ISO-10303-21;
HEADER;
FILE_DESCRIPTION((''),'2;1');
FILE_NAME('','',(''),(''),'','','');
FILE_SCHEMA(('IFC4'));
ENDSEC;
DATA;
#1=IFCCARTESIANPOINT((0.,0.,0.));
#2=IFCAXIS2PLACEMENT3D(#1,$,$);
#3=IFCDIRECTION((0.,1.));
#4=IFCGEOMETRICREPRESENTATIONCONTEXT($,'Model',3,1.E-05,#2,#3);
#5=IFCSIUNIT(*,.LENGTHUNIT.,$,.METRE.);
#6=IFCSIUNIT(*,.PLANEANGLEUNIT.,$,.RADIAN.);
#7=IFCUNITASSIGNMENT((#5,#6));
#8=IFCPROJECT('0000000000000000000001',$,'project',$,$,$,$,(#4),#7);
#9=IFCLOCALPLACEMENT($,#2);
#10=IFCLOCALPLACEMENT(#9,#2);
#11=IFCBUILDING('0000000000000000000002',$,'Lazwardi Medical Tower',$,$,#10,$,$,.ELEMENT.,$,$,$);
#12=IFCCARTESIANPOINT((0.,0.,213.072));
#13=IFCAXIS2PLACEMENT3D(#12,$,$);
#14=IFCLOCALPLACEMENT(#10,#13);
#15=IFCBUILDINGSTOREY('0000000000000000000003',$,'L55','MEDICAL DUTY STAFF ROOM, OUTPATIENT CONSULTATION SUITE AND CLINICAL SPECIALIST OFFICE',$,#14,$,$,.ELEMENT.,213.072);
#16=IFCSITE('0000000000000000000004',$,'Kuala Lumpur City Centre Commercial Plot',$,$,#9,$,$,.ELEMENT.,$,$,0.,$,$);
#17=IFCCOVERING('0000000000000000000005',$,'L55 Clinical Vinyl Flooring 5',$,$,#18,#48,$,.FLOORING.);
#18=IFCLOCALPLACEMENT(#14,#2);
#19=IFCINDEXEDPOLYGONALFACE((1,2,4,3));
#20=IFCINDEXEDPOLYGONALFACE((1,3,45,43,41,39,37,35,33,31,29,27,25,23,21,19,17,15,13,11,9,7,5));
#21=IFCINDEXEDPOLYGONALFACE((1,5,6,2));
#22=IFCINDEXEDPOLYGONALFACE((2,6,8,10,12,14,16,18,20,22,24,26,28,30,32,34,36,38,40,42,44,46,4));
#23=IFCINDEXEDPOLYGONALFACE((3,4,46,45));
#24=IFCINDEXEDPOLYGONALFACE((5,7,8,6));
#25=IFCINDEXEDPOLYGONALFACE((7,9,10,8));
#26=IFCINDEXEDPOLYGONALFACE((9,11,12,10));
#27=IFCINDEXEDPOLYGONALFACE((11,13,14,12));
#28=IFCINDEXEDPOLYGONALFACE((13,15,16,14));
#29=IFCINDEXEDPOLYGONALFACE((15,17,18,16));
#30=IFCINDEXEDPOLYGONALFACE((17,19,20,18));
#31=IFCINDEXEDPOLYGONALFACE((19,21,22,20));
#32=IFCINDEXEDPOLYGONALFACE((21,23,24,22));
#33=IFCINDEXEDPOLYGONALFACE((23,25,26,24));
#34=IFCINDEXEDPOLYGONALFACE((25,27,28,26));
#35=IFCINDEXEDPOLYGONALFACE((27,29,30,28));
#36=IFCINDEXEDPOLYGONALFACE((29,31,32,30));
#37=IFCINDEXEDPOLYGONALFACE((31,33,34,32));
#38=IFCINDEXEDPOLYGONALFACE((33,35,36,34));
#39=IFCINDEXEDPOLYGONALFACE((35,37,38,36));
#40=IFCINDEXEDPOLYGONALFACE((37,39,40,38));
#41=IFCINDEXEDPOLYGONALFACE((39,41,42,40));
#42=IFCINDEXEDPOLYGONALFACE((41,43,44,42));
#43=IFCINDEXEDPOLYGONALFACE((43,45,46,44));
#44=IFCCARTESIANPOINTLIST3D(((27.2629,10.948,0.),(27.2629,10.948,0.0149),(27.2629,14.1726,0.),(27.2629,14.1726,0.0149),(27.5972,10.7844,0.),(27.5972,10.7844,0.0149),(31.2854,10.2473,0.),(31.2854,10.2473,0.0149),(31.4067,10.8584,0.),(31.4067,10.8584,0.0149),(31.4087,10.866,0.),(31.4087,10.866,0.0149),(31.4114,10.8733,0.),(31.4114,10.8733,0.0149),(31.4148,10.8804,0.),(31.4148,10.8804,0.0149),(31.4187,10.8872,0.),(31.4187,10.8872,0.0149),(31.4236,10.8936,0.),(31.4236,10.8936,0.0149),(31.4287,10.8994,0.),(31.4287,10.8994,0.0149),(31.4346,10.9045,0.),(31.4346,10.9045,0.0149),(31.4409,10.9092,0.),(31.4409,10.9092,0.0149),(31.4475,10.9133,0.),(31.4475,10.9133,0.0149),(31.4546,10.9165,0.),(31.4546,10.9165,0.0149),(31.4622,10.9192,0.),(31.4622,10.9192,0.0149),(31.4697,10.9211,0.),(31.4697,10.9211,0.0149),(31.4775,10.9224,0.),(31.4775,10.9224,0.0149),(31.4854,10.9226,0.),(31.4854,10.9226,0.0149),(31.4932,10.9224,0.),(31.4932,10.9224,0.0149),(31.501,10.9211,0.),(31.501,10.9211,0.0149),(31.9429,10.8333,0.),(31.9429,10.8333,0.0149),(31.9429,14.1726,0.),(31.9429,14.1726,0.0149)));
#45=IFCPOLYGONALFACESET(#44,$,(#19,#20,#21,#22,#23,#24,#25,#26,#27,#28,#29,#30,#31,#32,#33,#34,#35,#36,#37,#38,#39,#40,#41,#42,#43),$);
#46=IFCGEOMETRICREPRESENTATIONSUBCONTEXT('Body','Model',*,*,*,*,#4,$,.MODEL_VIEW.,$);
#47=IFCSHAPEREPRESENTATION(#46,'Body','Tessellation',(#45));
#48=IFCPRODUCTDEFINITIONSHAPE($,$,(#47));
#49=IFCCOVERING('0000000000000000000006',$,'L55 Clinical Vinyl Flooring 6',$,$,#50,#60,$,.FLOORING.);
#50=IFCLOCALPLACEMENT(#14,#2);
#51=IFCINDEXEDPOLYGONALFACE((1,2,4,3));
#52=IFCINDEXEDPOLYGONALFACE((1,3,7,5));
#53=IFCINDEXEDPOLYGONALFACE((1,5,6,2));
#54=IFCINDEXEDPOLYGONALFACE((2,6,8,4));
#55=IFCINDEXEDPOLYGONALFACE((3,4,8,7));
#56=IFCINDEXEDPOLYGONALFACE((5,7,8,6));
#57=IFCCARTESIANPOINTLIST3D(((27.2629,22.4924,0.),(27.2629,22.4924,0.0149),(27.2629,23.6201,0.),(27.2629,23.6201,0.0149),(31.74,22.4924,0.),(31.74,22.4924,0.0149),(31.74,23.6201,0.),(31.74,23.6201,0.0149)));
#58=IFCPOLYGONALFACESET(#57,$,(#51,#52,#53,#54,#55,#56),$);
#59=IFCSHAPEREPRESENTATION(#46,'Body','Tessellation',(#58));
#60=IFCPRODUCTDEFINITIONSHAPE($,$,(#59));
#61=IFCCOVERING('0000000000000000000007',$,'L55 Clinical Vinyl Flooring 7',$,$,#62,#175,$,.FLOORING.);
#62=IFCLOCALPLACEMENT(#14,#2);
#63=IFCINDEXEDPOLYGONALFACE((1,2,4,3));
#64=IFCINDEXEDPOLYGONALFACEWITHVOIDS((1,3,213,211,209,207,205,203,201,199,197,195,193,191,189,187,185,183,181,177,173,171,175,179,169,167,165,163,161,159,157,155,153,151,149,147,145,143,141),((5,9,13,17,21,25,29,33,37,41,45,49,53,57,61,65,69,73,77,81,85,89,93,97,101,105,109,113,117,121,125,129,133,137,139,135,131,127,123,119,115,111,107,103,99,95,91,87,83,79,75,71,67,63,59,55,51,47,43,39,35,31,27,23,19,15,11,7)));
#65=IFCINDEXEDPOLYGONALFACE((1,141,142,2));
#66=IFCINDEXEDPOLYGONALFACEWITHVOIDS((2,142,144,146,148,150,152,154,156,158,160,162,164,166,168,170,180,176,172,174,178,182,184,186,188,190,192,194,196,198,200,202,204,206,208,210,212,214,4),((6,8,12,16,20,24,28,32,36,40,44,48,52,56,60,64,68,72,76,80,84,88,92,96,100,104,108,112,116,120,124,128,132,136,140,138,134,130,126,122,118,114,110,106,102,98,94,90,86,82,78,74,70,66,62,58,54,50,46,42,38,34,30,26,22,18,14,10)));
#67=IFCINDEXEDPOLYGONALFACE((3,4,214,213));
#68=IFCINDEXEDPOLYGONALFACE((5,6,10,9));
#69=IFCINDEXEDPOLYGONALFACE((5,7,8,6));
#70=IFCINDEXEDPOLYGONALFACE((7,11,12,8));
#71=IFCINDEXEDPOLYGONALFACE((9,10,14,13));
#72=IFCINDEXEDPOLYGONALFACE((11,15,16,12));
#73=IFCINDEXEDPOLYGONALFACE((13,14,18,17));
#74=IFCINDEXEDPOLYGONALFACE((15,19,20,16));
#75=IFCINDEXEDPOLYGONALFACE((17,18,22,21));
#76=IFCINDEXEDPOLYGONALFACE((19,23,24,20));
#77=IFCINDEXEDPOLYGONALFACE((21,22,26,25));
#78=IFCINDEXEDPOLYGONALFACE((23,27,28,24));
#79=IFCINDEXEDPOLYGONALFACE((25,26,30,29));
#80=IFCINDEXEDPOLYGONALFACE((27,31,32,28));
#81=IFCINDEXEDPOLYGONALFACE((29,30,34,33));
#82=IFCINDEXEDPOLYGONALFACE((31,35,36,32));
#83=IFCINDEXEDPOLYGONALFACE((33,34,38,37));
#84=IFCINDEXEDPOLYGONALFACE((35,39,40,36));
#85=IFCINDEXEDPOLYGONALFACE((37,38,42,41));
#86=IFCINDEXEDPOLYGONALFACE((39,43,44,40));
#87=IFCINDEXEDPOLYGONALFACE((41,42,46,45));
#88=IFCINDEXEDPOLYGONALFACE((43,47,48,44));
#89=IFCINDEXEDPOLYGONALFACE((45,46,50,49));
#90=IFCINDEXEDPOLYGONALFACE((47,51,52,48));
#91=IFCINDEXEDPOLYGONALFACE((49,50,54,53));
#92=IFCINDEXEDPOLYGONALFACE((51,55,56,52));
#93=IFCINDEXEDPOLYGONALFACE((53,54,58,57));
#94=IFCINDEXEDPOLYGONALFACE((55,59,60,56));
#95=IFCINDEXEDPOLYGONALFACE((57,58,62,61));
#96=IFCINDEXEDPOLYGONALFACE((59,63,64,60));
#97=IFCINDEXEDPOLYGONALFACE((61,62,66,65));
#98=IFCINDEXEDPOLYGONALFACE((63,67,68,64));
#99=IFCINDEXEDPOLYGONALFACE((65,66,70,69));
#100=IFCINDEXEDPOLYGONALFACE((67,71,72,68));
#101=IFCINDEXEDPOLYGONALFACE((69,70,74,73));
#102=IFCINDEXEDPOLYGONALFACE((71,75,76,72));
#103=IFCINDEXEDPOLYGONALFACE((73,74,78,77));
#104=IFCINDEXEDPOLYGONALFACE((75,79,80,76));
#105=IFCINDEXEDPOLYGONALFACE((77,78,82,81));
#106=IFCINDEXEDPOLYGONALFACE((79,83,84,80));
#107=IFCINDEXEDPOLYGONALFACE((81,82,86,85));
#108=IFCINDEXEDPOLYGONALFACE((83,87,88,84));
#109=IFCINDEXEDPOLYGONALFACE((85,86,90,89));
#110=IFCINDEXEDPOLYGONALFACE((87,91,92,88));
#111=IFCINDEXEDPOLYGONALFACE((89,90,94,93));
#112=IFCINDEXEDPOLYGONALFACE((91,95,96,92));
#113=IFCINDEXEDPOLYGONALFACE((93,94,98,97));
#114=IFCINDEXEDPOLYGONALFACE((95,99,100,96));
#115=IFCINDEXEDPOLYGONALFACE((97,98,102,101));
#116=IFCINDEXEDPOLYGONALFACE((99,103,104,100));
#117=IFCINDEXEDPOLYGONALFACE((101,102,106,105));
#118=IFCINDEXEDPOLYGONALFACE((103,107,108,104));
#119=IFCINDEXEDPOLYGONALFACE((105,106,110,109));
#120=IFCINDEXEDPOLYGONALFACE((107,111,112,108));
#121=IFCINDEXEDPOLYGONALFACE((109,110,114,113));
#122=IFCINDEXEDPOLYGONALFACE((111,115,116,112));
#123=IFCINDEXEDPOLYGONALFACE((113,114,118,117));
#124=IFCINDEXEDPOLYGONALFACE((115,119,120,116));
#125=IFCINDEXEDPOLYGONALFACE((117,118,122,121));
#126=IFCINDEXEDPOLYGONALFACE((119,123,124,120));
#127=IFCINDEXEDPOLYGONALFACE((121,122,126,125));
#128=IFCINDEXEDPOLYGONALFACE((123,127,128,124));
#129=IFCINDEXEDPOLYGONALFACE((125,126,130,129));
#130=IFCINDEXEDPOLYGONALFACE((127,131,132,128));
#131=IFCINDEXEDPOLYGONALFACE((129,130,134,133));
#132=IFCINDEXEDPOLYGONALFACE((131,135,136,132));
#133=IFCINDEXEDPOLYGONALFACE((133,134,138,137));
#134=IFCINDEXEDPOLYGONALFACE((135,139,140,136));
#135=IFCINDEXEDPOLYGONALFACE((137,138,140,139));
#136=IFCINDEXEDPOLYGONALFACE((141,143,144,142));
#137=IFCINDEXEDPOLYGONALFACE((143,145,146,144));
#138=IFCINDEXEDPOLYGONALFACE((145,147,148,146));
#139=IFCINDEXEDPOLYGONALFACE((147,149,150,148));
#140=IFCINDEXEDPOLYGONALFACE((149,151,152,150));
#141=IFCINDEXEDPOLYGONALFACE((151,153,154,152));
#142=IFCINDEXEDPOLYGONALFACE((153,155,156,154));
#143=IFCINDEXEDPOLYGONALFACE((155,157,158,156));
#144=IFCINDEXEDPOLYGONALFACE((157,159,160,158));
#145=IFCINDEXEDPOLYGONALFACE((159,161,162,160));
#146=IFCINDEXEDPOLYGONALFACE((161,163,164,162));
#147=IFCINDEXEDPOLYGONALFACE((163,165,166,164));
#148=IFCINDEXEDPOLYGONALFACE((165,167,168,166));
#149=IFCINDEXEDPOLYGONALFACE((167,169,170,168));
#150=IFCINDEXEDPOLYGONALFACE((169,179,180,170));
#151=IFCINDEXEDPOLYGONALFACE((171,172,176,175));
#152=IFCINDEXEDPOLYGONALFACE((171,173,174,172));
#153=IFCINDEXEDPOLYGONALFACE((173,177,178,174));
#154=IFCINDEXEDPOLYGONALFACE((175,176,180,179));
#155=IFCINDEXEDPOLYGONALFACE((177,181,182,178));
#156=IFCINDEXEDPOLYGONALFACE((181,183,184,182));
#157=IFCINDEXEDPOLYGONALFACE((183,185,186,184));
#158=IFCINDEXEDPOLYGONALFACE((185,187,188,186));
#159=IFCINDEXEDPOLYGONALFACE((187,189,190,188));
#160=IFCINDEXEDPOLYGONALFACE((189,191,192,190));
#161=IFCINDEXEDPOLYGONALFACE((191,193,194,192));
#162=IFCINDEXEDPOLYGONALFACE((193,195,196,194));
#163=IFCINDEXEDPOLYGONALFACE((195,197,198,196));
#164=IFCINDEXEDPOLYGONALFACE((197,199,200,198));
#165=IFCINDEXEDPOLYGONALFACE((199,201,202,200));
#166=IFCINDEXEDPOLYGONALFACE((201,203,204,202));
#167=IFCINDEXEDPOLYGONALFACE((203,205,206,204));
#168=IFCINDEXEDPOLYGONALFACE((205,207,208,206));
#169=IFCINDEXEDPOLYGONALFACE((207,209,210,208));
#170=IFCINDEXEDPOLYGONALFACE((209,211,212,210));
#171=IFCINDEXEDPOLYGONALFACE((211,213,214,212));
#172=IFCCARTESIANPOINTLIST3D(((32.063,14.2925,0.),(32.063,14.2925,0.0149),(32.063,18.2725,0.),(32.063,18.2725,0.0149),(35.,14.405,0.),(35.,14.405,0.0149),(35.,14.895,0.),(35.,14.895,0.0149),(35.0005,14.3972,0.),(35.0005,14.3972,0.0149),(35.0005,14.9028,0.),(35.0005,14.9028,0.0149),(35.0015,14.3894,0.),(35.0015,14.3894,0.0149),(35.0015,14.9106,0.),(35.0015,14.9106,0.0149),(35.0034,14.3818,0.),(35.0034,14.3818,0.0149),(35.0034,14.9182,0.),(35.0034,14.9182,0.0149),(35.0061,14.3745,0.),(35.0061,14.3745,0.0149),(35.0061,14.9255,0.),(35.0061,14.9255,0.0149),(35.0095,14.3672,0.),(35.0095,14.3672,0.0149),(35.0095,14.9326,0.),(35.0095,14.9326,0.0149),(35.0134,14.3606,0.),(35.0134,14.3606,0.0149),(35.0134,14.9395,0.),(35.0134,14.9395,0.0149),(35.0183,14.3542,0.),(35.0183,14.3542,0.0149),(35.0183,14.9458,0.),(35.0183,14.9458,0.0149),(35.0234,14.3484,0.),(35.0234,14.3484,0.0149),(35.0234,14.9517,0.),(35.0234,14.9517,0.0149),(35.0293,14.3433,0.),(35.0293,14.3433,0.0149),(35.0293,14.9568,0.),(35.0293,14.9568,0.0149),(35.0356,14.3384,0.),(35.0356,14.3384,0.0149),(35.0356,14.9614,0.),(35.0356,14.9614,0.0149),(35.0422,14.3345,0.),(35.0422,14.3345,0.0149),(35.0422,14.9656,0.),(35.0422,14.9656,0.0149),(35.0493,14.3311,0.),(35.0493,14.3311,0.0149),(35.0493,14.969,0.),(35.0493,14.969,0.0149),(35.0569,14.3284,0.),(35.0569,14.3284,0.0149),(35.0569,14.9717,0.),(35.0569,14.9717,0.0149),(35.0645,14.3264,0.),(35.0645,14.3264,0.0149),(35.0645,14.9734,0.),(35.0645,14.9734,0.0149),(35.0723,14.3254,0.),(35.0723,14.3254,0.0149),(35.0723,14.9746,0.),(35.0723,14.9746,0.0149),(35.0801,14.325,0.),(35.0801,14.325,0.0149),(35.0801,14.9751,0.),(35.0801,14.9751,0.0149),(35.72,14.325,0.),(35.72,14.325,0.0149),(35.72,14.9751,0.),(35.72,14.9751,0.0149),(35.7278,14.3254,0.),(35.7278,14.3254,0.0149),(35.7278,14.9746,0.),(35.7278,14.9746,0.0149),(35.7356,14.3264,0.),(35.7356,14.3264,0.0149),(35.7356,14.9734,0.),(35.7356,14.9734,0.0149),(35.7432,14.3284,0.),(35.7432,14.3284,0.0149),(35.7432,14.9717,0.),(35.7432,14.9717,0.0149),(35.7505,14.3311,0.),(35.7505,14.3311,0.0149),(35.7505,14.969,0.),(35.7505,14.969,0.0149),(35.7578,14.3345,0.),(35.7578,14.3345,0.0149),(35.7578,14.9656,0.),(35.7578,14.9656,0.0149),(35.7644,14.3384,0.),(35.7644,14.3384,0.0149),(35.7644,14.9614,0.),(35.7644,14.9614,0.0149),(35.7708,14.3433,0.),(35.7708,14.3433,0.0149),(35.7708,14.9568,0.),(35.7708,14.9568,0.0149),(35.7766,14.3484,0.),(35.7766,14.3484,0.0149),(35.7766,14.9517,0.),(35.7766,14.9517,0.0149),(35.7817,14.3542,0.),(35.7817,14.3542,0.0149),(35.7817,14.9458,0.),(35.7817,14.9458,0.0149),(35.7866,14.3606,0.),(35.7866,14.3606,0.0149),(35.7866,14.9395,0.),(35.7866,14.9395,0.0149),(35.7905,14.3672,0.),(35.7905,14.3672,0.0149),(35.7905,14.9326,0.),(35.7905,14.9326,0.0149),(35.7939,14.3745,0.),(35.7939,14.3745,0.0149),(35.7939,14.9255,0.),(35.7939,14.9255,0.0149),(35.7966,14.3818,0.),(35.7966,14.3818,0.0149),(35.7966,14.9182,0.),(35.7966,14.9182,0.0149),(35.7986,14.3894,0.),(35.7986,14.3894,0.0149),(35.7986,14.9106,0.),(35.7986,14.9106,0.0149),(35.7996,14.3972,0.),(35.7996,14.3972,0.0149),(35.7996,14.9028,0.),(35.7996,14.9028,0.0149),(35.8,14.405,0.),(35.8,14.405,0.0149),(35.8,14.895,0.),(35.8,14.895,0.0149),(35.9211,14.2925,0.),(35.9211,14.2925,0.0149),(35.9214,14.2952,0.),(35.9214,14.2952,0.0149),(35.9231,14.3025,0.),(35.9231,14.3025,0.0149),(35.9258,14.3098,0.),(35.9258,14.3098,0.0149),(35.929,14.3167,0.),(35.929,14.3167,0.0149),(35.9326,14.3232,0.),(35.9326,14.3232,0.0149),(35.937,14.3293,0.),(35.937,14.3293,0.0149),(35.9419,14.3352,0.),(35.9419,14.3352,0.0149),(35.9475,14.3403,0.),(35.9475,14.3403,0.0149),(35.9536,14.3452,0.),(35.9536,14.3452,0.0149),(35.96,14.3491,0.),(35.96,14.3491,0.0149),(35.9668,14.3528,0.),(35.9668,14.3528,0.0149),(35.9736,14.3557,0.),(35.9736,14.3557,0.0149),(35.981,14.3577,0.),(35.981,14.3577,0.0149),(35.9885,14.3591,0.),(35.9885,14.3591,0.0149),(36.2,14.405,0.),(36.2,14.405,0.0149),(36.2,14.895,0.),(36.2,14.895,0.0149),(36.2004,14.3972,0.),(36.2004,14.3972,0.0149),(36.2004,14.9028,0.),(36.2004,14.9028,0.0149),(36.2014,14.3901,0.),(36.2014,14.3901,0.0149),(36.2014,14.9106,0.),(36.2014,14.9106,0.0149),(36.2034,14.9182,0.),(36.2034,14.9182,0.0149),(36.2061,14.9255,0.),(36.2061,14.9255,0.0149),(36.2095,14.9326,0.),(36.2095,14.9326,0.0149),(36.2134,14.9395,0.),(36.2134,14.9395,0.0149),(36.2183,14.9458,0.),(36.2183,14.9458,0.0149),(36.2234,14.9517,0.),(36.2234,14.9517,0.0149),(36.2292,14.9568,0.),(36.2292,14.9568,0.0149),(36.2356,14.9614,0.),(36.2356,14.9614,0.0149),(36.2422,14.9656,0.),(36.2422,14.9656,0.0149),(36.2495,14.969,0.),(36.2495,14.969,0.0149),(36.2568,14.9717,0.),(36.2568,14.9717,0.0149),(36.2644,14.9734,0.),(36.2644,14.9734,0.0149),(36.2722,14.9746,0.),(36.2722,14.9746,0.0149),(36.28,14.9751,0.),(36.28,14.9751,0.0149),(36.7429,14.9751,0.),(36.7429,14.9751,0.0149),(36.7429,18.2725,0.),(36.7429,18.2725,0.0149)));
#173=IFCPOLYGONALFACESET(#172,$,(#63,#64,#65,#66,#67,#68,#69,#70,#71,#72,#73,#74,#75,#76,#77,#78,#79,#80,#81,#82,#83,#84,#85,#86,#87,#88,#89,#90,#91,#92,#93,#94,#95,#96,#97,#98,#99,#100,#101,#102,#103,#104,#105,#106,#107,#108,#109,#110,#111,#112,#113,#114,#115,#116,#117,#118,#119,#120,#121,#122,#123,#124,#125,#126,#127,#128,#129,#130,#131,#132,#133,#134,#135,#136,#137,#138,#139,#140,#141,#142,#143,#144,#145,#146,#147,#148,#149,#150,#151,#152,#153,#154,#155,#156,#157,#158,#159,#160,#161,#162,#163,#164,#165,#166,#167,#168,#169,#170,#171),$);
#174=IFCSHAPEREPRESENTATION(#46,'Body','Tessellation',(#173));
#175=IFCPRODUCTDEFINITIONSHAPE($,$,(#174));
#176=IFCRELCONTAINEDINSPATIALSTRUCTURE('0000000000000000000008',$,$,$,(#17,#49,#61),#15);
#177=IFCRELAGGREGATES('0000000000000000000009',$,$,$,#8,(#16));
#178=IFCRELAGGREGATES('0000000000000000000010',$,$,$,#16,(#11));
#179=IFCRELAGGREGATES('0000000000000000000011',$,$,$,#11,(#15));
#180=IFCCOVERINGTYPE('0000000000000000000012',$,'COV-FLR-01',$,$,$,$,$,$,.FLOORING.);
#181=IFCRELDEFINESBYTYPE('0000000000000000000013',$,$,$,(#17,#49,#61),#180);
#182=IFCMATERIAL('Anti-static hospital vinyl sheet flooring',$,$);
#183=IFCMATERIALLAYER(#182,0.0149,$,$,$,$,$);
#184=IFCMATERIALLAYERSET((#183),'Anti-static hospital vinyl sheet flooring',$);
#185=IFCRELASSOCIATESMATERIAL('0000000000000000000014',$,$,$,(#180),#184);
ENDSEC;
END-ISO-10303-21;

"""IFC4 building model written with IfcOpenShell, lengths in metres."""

from ifc_helpers import new_model, si_unit, direction, frame, origin, place, context, subcontext, project, spatial, polyline, outline, extrude, material, layer, layer_set, type_object, element, save


model = new_model("IFC4")

# Units and contexts
model_context = context("Model", 3, precision=1e-05, world=origin(), true_north=direction((0.0, 1.0)))
body_context = subcontext(model_context, "Body", "Model", "MODEL_VIEW")
ifc_project = project(units=[si_unit("LENGTHUNIT", "METRE"), si_unit("PLANEANGLEUNIT", "RADIAN")], contexts=[model_context])

# Site, building, storey
site_placement = place(None, origin())
site = spatial("IfcSite", under=ifc_project, at=site_placement, Name="Kuala Lumpur City Centre Commercial Plot", CompositionType="ELEMENT", RefElevation=0.0)
building_placement = place(site_placement, origin())
building = spatial("IfcBuilding", under=site, at=building_placement, Name="Lazwardi Medical Tower", CompositionType="ELEMENT")
storey_placement = place(building_placement, frame((0.0, 0.0, 213.072)))
storey = spatial("IfcBuildingStorey", under=building, at=storey_placement, Name="L55", Description="MEDICAL DUTY STAFF ROOM, OUTPATIENT CONSULTATION SUITE AND CLINICAL SPECIALIST OFFICE", CompositionType="ELEMENT", Elevation=213.072)

# Coverings
ifc_material_1 = material(Name="Anti-static hospital vinyl sheet flooring")
ifc_layer_1 = layer(ifc_material_1, 0.0149)
ifc_layer_set_1 = layer_set([ifc_layer_1], Name="Anti-static hospital vinyl sheet flooring")
covering_type_1 = type_object("IfcCoveringType", Name="COV-FLR-01", PredefinedType="FLOORING", material=ifc_layer_set_1)
covering_1_placement = place(storey_placement, origin())
element("IfcCovering", 1, at=covering_1_placement, inside=storey, type_object=covering_type_1, Name="L55 Clinical Vinyl Flooring 5", PredefinedType="FLOORING", context=body_context, shape_type="SweptSolid", body=[
    extrude(outline(polyline([(27.2629, 10.948), (27.5972, 10.7844), (31.2854, 10.2473), (31.4067, 10.8584), (31.4087, 10.866), (31.4114, 10.8733), (31.4148, 10.8804), (31.4187, 10.8872), (31.4236, 10.8936), (31.4287, 10.8994), (31.4346, 10.9045), (31.4409, 10.9092), (31.4475, 10.9133), (31.4546, 10.9165), (31.4622, 10.9192), (31.4697, 10.9211), (31.4775, 10.9224), (31.4854, 10.9226), (31.4932, 10.9224), (31.501, 10.9211), (31.9429, 10.8333), (31.9429, 14.1726), (27.2629, 14.1726), (27.2629, 10.948)])), origin(), (0.0, 0.0, 1.0), 0.0149),
])
covering_2_placement = place(storey_placement, origin())
element("IfcCovering", 2, at=covering_2_placement, inside=storey, type_object=covering_type_1, Name="L55 Clinical Vinyl Flooring 6", PredefinedType="FLOORING", context=body_context, shape_type="SweptSolid", body=[
    extrude(outline(polyline([(31.74, 22.4924), (31.74, 23.6201), (27.2629, 23.6201), (27.2629, 22.4924), (31.74, 22.4924)])), origin(), (0.0, 0.0, 1.0), 0.0149),
])
covering_3_placement = place(storey_placement, origin())
element("IfcCovering", 3, at=covering_3_placement, inside=storey, type_object=covering_type_1, Name="L55 Clinical Vinyl Flooring 7", PredefinedType="FLOORING", context=body_context, shape_type="SweptSolid", body=[
    extrude(outline(polyline([(35.9211, 14.2925), (35.9214, 14.2952), (35.9231, 14.3025), (35.9258, 14.3098), (35.929, 14.3167), (35.9326, 14.3232), (35.937, 14.3293), (35.9419, 14.3352), (35.9475, 14.3403), (35.9536, 14.3452), (35.96, 14.3491), (35.9668, 14.3528), (35.9736, 14.3557), (35.981, 14.3577), (35.9885, 14.3591), (36.2014, 14.3901), (36.2004, 14.3972), (36.2, 14.405), (36.2, 14.895), (36.2004, 14.9028), (36.2014, 14.9106), (36.2034, 14.9182), (36.2061, 14.9255), (36.2095, 14.9326), (36.2134, 14.9395), (36.2183, 14.9458), (36.2234, 14.9517), (36.2292, 14.9568), (36.2356, 14.9614), (36.2422, 14.9656), (36.2495, 14.969), (36.2568, 14.9717), (36.2644, 14.9734), (36.2722, 14.9746), (36.28, 14.9751), (36.7429, 14.9751), (36.7429, 18.2725), (32.063, 18.2725), (32.063, 14.2925), (35.9211, 14.2925)]), holes=[polyline([(35.7505, 14.3311), (35.7432, 14.3284), (35.7356, 14.3264), (35.7278, 14.3254), (35.72, 14.325), (35.0801, 14.325), (35.0723, 14.3254), (35.0645, 14.3264), (35.0569, 14.3284), (35.0493, 14.3311), (35.0422, 14.3345), (35.0356, 14.3384), (35.0293, 14.3433), (35.0234, 14.3484), (35.0183, 14.3542), (35.0134, 14.3606), (35.0095, 14.3672), (35.0061, 14.3745), (35.0034, 14.3818), (35.0015, 14.3894), (35.0005, 14.3972), (35.0, 14.405), (35.0, 14.895), (35.0005, 14.9028), (35.0015, 14.9106), (35.0034, 14.9182), (35.0061, 14.9255), (35.0095, 14.9326), (35.0134, 14.9395), (35.0183, 14.9458), (35.0234, 14.9517), (35.0293, 14.9568), (35.0356, 14.9614), (35.0422, 14.9656), (35.0493, 14.969), (35.0569, 14.9717), (35.0645, 14.9734), (35.0723, 14.9746), (35.0801, 14.9751), (35.72, 14.9751), (35.7278, 14.9746), (35.7356, 14.9734), (35.7432, 14.9717), (35.7505, 14.969), (35.7578, 14.9656), (35.7644, 14.9614), (35.7708, 14.9568), (35.7766, 14.9517), (35.7817, 14.9458), (35.7866, 14.9395), (35.7905, 14.9326), (35.7939, 14.9255), (35.7966, 14.9182), (35.7986, 14.9106), (35.7996, 14.9028), (35.8, 14.895), (35.8, 14.405), (35.7996, 14.3972), (35.7986, 14.3894), (35.7966, 14.3818), (35.7939, 14.3745), (35.7905, 14.3672), (35.7866, 14.3606), (35.7817, 14.3542), (35.7766, 14.3484), (35.7708, 14.3433), (35.7644, 14.3384), (35.7578, 14.3345), (35.7505, 14.3311)])]), origin(), (0.0, 0.0, 1.0), 0.0149),
])

save(model, "model.ifc")
